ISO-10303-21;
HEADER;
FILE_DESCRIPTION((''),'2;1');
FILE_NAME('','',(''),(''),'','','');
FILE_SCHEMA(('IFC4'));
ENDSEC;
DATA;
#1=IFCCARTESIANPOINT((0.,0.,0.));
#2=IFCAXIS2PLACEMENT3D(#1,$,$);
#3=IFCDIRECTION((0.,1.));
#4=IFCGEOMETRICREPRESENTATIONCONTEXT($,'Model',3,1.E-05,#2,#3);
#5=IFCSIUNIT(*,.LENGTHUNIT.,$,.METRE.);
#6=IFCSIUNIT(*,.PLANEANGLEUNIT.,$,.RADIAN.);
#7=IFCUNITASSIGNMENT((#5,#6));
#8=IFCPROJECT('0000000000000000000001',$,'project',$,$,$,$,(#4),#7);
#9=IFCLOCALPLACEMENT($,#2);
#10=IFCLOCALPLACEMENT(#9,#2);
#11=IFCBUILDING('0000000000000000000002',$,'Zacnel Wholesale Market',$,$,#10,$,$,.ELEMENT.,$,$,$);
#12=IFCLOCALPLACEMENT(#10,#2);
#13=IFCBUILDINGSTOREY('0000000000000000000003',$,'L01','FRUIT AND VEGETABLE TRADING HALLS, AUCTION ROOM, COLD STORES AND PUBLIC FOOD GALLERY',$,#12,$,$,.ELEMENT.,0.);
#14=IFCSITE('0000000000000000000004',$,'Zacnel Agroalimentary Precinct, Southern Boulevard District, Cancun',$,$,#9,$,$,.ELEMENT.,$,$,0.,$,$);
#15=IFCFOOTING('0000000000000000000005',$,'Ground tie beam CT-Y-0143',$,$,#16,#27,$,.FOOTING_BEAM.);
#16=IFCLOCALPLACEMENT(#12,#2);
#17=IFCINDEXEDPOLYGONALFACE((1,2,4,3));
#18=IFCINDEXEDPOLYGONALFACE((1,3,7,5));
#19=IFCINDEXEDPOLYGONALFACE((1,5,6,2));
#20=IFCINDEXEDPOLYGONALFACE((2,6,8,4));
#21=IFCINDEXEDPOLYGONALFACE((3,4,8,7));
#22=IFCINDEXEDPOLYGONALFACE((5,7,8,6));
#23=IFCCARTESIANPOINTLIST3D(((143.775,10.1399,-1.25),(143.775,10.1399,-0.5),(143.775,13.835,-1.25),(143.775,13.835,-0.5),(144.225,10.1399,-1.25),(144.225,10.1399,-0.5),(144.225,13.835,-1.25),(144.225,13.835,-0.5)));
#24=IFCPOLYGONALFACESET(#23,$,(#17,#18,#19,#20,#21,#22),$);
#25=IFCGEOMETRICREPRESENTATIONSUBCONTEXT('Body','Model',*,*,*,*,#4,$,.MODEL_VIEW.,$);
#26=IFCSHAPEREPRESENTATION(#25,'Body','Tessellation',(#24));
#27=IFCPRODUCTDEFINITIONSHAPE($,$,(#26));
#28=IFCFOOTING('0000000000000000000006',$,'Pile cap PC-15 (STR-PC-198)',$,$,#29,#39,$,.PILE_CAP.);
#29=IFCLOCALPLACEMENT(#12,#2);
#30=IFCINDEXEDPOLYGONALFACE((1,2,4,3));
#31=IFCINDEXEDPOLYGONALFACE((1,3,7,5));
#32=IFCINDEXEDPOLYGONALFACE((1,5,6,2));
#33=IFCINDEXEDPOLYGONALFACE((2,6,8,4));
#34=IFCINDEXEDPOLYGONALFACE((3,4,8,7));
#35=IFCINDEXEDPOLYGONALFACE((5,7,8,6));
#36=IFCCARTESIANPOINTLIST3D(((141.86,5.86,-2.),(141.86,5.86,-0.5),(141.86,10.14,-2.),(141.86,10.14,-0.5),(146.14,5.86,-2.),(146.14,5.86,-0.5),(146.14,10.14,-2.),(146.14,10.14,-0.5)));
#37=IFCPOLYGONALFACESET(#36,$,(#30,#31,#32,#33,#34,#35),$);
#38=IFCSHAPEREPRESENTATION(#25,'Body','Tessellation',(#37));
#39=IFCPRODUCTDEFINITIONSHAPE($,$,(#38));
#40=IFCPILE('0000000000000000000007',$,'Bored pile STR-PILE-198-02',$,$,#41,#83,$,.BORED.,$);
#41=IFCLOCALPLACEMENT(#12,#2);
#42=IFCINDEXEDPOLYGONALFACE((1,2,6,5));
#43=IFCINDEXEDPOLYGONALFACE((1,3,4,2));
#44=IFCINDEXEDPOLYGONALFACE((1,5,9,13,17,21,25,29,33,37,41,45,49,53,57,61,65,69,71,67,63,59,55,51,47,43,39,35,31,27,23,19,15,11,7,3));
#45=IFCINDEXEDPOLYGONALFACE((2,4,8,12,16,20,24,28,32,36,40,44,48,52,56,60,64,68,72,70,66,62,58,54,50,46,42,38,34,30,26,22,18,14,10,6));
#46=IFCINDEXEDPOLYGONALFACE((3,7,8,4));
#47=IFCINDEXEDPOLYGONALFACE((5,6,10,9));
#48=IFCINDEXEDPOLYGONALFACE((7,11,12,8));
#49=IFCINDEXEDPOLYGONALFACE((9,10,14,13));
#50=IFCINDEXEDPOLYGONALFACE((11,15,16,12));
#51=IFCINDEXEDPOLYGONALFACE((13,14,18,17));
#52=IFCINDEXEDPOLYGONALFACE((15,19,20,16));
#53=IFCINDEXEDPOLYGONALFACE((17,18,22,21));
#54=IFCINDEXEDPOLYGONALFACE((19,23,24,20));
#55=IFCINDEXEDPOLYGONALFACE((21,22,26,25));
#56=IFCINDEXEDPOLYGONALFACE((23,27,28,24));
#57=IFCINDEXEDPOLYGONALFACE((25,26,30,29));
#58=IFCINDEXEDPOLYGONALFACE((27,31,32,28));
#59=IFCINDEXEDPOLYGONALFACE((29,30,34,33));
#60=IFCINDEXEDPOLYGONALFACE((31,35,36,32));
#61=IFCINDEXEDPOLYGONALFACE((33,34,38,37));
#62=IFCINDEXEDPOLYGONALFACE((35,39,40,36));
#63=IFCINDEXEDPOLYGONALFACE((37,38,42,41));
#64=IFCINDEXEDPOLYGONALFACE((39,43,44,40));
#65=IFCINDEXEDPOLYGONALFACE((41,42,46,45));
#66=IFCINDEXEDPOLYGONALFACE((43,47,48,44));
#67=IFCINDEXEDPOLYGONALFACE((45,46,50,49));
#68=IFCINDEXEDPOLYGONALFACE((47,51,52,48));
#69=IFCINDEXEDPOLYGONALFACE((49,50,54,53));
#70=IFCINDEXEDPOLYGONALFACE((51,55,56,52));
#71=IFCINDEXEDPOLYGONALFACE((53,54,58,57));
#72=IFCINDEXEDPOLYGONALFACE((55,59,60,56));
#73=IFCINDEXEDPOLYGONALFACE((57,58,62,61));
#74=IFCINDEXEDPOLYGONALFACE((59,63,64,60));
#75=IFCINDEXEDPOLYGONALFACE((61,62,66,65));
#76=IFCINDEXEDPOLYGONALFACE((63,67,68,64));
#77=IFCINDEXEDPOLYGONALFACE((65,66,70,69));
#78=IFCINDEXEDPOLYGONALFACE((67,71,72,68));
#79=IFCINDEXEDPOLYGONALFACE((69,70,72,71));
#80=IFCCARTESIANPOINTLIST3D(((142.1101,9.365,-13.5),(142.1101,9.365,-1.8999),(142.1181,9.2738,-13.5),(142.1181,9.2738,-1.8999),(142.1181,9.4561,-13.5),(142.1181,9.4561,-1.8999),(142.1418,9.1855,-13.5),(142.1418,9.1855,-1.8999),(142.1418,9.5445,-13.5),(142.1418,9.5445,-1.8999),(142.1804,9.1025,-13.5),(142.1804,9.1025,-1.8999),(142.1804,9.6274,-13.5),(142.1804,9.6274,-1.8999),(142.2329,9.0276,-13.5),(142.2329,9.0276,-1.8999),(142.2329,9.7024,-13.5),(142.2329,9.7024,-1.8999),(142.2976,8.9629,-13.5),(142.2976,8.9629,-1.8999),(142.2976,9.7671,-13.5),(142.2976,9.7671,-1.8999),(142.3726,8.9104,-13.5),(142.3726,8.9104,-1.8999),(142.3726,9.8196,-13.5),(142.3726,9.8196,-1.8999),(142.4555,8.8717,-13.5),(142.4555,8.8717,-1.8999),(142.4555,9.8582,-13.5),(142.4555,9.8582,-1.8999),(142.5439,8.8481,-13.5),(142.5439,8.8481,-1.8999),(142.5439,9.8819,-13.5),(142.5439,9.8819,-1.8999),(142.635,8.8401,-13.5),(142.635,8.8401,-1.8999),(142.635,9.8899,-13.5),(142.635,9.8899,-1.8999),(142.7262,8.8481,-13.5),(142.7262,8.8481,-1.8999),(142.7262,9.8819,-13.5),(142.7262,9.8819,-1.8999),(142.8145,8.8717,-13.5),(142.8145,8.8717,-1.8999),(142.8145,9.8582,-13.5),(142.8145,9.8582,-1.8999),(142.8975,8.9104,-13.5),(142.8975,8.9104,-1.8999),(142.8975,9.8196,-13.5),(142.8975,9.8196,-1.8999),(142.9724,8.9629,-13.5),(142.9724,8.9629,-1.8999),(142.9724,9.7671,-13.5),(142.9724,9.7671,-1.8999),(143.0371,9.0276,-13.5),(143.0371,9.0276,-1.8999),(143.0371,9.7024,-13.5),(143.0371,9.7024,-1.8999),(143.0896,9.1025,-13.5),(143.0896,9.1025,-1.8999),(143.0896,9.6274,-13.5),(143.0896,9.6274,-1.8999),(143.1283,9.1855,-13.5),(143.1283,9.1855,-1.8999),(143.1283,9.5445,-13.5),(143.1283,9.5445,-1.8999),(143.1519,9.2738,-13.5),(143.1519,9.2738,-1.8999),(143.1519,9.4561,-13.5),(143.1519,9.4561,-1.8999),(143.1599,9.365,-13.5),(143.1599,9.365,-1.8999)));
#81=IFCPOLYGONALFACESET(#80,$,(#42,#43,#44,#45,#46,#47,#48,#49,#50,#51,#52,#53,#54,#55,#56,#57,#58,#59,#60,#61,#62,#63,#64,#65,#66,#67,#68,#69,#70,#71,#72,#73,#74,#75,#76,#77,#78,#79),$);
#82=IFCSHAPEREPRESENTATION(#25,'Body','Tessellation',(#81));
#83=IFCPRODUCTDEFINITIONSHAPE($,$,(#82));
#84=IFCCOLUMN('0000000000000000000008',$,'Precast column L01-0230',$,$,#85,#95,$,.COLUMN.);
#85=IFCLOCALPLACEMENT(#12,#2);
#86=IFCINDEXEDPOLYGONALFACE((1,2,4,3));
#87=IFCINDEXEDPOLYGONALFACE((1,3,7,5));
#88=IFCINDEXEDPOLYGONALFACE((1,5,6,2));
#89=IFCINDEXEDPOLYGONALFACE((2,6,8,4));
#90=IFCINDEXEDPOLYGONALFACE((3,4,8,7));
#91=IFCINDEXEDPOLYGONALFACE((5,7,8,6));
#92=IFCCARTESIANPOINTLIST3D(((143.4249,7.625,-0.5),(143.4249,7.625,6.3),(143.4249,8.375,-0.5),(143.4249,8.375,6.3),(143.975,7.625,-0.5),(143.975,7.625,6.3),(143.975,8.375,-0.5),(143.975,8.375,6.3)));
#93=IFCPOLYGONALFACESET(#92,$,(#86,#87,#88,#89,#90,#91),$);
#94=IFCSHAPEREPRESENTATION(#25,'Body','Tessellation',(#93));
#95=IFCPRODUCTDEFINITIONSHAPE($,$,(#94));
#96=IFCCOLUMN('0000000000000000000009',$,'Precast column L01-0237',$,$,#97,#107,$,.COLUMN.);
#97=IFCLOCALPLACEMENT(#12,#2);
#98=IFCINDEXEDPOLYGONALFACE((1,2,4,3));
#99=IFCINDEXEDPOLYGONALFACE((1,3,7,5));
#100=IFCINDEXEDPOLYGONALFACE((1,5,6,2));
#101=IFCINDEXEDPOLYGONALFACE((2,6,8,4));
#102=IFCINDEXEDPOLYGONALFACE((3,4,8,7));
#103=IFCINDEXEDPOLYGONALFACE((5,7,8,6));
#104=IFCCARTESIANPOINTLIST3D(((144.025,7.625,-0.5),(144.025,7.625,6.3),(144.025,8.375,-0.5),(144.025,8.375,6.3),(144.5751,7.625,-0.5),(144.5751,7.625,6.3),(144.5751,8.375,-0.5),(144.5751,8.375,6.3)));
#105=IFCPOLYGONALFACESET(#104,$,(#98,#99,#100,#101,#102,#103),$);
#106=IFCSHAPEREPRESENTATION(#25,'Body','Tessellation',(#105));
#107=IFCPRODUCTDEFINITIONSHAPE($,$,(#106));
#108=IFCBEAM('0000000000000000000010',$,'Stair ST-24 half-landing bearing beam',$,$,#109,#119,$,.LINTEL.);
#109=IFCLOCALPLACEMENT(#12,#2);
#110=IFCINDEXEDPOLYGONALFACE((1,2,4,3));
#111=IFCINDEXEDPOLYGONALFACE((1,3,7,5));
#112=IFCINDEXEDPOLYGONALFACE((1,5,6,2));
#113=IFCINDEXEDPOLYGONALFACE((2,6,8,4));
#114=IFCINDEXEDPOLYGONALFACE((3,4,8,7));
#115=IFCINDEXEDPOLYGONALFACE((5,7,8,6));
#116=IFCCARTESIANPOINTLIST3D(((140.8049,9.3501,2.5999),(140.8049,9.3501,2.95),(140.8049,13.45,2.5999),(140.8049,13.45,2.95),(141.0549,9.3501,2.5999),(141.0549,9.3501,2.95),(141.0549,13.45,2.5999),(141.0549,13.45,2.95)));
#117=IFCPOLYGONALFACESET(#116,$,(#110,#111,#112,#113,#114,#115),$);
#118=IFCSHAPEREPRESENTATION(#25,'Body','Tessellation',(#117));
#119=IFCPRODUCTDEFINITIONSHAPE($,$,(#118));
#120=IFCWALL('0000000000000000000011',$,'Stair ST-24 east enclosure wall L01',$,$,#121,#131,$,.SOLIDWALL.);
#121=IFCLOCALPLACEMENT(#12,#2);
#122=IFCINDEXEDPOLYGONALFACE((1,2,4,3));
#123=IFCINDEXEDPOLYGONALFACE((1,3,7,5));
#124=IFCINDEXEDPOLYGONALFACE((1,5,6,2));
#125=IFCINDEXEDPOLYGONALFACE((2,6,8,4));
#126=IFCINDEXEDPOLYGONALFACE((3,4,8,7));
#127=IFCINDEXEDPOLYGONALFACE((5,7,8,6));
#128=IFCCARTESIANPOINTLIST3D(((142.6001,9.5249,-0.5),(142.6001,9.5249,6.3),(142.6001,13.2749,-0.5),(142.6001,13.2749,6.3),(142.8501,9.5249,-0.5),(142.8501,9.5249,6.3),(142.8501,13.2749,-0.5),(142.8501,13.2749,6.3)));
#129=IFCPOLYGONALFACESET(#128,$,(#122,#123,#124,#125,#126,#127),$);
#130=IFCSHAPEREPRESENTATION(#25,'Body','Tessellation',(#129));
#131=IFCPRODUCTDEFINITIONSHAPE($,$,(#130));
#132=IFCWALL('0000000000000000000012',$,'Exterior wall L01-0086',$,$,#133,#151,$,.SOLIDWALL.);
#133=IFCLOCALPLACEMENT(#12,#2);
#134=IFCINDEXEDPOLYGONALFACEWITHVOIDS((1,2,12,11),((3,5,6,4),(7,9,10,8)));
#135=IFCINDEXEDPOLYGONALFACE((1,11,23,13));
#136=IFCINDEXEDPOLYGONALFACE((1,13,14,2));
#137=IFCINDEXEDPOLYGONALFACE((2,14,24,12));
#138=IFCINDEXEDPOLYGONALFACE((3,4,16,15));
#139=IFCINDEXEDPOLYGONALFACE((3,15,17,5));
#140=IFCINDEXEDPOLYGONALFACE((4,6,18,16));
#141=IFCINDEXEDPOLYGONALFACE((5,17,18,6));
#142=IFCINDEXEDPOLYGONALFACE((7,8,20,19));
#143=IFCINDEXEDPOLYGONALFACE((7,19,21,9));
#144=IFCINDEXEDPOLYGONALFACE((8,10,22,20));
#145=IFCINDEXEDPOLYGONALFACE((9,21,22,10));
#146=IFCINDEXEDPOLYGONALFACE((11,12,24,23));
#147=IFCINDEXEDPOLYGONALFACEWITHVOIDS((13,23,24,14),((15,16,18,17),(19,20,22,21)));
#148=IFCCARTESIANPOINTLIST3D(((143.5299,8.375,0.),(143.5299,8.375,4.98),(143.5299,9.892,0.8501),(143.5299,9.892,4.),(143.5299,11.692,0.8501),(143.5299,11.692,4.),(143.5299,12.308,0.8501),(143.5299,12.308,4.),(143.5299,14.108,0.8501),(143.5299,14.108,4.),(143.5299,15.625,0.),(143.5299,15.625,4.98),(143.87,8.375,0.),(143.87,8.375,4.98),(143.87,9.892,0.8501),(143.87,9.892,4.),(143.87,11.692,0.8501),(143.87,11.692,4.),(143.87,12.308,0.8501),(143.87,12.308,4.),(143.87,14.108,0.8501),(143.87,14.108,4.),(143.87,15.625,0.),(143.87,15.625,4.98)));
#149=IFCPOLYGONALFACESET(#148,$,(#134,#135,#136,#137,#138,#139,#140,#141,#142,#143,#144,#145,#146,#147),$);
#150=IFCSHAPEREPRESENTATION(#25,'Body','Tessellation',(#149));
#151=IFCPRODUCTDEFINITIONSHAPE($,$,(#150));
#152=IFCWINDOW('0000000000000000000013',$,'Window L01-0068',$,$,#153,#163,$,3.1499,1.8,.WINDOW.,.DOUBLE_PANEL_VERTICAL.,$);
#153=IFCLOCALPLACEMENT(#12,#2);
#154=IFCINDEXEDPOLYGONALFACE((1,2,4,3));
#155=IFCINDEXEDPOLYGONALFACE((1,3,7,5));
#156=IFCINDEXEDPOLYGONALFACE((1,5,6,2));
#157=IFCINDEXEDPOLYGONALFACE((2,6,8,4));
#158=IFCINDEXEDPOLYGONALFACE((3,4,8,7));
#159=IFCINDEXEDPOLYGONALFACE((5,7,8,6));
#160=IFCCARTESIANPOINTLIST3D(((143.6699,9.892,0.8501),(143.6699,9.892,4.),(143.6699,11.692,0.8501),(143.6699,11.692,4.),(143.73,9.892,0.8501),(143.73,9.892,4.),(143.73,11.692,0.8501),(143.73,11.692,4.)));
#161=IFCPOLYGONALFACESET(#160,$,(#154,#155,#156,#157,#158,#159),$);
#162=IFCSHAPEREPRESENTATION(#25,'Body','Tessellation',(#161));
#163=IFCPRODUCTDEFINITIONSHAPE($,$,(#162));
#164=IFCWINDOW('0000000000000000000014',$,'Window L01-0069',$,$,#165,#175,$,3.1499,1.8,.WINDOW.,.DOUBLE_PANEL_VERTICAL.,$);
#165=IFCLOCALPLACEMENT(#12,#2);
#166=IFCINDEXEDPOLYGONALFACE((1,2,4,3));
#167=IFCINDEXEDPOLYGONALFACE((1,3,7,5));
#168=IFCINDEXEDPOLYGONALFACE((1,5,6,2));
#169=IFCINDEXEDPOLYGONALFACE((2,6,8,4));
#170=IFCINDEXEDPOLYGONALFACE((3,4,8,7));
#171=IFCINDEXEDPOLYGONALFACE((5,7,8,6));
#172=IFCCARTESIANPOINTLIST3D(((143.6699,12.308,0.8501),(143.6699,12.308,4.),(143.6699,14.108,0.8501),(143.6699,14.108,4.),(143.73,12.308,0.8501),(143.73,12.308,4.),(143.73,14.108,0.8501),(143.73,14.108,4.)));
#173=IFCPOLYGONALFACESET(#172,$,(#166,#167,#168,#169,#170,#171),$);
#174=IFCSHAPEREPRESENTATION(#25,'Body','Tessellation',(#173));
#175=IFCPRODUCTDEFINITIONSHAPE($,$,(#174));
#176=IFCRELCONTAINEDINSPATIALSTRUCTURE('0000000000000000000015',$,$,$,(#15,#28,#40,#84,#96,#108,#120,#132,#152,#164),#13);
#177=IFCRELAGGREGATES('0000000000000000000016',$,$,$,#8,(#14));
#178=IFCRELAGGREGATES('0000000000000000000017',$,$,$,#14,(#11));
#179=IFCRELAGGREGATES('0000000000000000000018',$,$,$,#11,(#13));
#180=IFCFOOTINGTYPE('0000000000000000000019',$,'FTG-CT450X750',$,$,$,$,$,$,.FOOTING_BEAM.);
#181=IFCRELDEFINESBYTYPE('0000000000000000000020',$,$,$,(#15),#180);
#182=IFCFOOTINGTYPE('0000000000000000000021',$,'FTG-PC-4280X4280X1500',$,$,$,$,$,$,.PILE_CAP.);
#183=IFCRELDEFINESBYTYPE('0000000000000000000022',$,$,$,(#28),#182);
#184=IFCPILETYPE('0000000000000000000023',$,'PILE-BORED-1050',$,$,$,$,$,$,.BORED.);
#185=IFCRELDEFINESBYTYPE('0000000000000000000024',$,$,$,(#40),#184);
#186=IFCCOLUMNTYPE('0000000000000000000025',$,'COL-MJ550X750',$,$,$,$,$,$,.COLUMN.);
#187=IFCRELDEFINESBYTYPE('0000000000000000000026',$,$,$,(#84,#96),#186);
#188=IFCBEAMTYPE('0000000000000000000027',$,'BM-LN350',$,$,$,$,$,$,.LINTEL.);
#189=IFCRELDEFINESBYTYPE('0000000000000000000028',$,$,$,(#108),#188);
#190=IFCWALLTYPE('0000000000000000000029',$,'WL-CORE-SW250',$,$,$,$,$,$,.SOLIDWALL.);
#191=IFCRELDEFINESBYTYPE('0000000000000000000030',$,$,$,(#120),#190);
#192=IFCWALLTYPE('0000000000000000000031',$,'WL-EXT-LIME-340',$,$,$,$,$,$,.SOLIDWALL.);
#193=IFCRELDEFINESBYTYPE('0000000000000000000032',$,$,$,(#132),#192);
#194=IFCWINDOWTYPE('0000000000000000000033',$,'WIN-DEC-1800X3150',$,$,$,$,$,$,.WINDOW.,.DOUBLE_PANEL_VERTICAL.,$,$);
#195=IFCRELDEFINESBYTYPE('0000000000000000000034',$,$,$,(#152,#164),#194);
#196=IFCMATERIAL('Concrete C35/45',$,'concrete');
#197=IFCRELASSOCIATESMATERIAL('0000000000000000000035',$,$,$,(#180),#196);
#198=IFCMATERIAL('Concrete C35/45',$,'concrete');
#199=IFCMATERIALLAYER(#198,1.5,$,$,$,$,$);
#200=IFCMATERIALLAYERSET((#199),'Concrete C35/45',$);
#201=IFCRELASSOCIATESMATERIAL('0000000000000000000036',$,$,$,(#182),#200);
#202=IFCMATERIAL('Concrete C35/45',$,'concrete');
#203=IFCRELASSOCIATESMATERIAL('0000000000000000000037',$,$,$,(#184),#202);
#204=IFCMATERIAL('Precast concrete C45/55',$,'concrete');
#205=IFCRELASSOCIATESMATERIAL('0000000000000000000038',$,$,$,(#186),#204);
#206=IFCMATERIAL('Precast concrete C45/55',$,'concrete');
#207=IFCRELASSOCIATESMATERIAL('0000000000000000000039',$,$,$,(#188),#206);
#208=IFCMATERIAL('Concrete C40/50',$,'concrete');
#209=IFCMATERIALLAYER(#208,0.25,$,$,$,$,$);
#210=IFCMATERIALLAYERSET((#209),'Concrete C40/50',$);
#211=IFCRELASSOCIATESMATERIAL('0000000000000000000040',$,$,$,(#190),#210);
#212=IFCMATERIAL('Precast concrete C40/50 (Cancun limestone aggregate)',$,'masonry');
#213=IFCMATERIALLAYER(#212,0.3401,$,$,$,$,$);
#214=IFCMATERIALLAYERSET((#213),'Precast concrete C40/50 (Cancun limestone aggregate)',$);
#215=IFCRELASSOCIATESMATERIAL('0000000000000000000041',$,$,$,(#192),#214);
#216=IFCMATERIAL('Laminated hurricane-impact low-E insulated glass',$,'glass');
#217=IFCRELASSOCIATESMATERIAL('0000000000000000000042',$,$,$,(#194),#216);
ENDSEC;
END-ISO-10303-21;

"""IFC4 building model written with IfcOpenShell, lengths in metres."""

from ifc_helpers import new_model, si_unit, direction, frame, frame_2d, origin, origin_2d, place, context, subcontext, project, spatial, rectangle, circle, extrude, material, layer, layer_set, material_profile, profile_set, type_object, element, fill, save


model = new_model("IFC4")

# Units and contexts
model_context = context("Model", 3, precision=1e-05, world=origin(), true_north=direction((0.0, 1.0)))
body_context = subcontext(model_context, "Body", "Model", "MODEL_VIEW")
ifc_project = project(units=[si_unit("LENGTHUNIT", "METRE"), si_unit("PLANEANGLEUNIT", "RADIAN")], contexts=[model_context])

# Site, building, storey
site_placement = place(None, origin())
site = spatial("IfcSite", under=ifc_project, at=site_placement, Name="Zacnel Agroalimentary Precinct, Southern Boulevard District, Cancun", CompositionType="ELEMENT", RefElevation=0.0)
building_placement = place(site_placement, origin())
building = spatial("IfcBuilding", under=site, at=building_placement, Name="Zacnel Wholesale Market", CompositionType="ELEMENT")
storey_placement = place(building_placement, origin())
storey = spatial("IfcBuildingStorey", under=building, at=storey_placement, Name="L01", Description="FRUIT AND VEGETABLE TRADING HALLS, AUCTION ROOM, COLD STORES AND PUBLIC FOOD GALLERY", CompositionType="ELEMENT", Elevation=0.0)

# Footings
ifc_material_1 = material(Name="Concrete C35/45", Category="concrete")
ifc_material_profile_1 = material_profile(ifc_material_1, rectangle(XDim=0.45, YDim=0.75, at=origin_2d()), Name="CT 450x750")
ifc_profile_set_1 = profile_set([ifc_material_profile_1], Name="Concrete C35/45")
footing_type_1 = type_object("IfcFootingType", Name="FTG-CT450X750", PredefinedType="FOOTING_BEAM", material=ifc_profile_set_1)
footing_1_placement = place(storey_placement, frame((144.0, 10.1399, -0.875), z_axis=(0.0, 1.0, 0.0), x_axis=(-1.0, 0.0, 0.0)))
element("IfcFooting", 1, at=footing_1_placement, inside=storey, type_object=footing_type_1, Name="Ground tie beam CT-Y-0143", PredefinedType="FOOTING_BEAM", context=body_context, shape_type="SweptSolid", body=[
    extrude(rectangle(XDim=0.45, YDim=0.75, at=origin_2d()), origin(), (0.0, 0.0, 1.0), 3.6951),
])
ifc_material_2 = material(Name="Concrete C35/45", Category="concrete")
ifc_layer_1 = layer(ifc_material_2, 1.5)
ifc_layer_set_1 = layer_set([ifc_layer_1], Name="Concrete C35/45")
footing_type_2 = type_object("IfcFootingType", Name="FTG-PC-4280X4280X1500", PredefinedType="PILE_CAP", material=ifc_layer_set_1)
footing_2_placement = place(storey_placement, frame((144.0, 8.0, -2.0), z_axis=(0.0, 0.0, 1.0), x_axis=(1.0, 0.0, 0.0)))
element("IfcFooting", 2, at=footing_2_placement, inside=storey, type_object=footing_type_2, Name="Pile cap PC-15 (STR-PC-198)", PredefinedType="PILE_CAP", context=body_context, shape_type="SweptSolid", body=[
    extrude(rectangle(XDim=4.28, YDim=4.28, at=origin_2d()), origin(), (0.0, 0.0, 1.0), 1.5),
])

# Pile
ifc_material_3 = material(Name="Concrete C35/45", Category="concrete")
ifc_material_profile_2 = material_profile(ifc_material_3, circle(Radius=0.5249, at=origin_2d()), Name="BORED PILE D1050")
ifc_profile_set_2 = profile_set([ifc_material_profile_2], Name="Concrete C35/45")
pile_type = type_object("IfcPileType", Name="PILE-BORED-1050", PredefinedType="BORED", material=ifc_profile_set_2)
pile_placement = place(storey_placement, frame((142.635, 9.365, -1.8999), z_axis=(0.0, 0.0, -1.0), x_axis=(1.0, 0.0, 0.0)))
element("IfcPile", 3, at=pile_placement, inside=storey, type_object=pile_type, Name="Bored pile STR-PILE-198-02", PredefinedType="BORED", context=body_context, shape_type="SweptSolid", body=[
    extrude(circle(Radius=0.5249, at=origin_2d()), origin(), (0.0, 0.0, 1.0), 11.6001),
])

# Columns
ifc_material_4 = material(Name="Precast concrete C45/55", Category="concrete")
ifc_material_profile_3 = material_profile(ifc_material_4, rectangle(XDim=0.55, YDim=0.75, at=origin_2d()), Name="PC 550x750")
ifc_profile_set_3 = profile_set([ifc_material_profile_3], Name="Precast concrete C45/55")
column_type = type_object("IfcColumnType", Name="COL-MJ550X750", PredefinedType="COLUMN", material=ifc_profile_set_3)
for number, where, z_axis, x_axis, name in (
    (4, (143.7, 8.0, -0.5), (0.0, 0.0, 1.0), (1.0, 0.0, 0.0), "Precast column L01-0230"),
    (5, (144.3, 8.0, -0.5), (0.0, 0.0, 1.0), (1.0, 0.0, 0.0), "Precast column L01-0237"),
):
    element("IfcColumn", number, at=place(storey_placement, frame(where, z_axis=z_axis, x_axis=x_axis)), inside=storey, type_object=column_type, Name=name, PredefinedType="COLUMN", context=body_context, shape_type="SweptSolid", body=[
        extrude(rectangle(XDim=0.55, YDim=0.75, at=origin_2d()), origin(), (0.0, 0.0, 1.0), 6.8),
    ])

# Beam
ifc_material_5 = material(Name="Precast concrete C45/55", Category="concrete")
ifc_material_profile_4 = material_profile(ifc_material_5, rectangle(XDim=0.25, YDim=0.3501, at=origin_2d()), Name="LN 250x350")
ifc_profile_set_4 = profile_set([ifc_material_profile_4], Name="Precast concrete C45/55")
beam_type = type_object("IfcBeamType", Name="BM-LN350", PredefinedType="LINTEL", material=ifc_profile_set_4)
beam_placement = place(storey_placement, frame((140.9299, 9.3501, 2.7749), z_axis=(0.0, 1.0, 0.0), x_axis=(-1.0, 0.0, 0.0)))
element("IfcBeam", 6, at=beam_placement, inside=storey, type_object=beam_type, Name="Stair ST-24 half-landing bearing beam", PredefinedType="LINTEL", context=body_context, shape_type="SweptSolid", body=[
    extrude(rectangle(XDim=0.25, YDim=0.3501, at=origin_2d()), origin(), (0.0, 0.0, 1.0), 4.0999),
])

# Wall
ifc_material_6 = material(Name="Concrete C40/50", Category="concrete")
ifc_layer_2 = layer(ifc_material_6, 0.25)
ifc_layer_set_2 = layer_set([ifc_layer_2], Name="Concrete C40/50")
wall_type_1 = type_object("IfcWallType", Name="WL-CORE-SW250", PredefinedType="SOLIDWALL", material=ifc_layer_set_2)
wall_1_placement = place(storey_placement, frame((142.7251, 9.5249, -0.5), z_axis=(0.0, 0.0, 1.0), x_axis=(0.0, 1.0, 0.0)))
element("IfcWall", 7, at=wall_1_placement, inside=storey, type_object=wall_type_1, Name="Stair ST-24 east enclosure wall L01", PredefinedType="SOLIDWALL", context=body_context, shape_type="SweptSolid", body=[
    extrude(rectangle(XDim=3.75, YDim=0.25, at=frame_2d((1.875, 0.0))), origin(), (0.0, 0.0, 1.0), 6.8),
])

# Wall, openings, windows
ifc_material_7 = material(Name="Precast concrete C40/50 (Cancun limestone aggregate)", Category="masonry")
ifc_layer_3 = layer(ifc_material_7, 0.3401)
ifc_layer_set_3 = layer_set([ifc_layer_3], Name="Precast concrete C40/50 (Cancun limestone aggregate)")
wall_type_2 = type_object("IfcWallType", Name="WL-EXT-LIME-340", PredefinedType="SOLIDWALL", material=ifc_layer_set_3)
wall_2_placement = place(storey_placement, frame((143.7, 8.375, 0.0), z_axis=(0.0, 0.0, 1.0), x_axis=(0.0, 1.0, 0.0)))
wall_2 = element("IfcWall", 8, at=wall_2_placement, inside=storey, type_object=wall_type_2, Name="Exterior wall L01-0086", PredefinedType="SOLIDWALL", context=body_context, shape_type="SweptSolid", body=[
    extrude(rectangle(XDim=7.25, YDim=0.3401, at=frame_2d((3.625, 0.0))), origin(), (0.0, 0.0, 1.0), 4.98),
])
opening_1_placement = place(wall_2_placement, frame((1.5171, 0.0, 0.8501)))
opening_1 = element("IfcOpeningElement", 9, at=opening_1_placement, cuts=wall_2, PredefinedType="OPENING", context=body_context, shape_type="SweptSolid", body=[
    extrude(rectangle(XDim=1.8, YDim=3.1499, at=frame_2d((0.8999, 1.575))), frame((0.0, 0.1799, 0.0), z_axis=(0.0, -1.0, 0.0), x_axis=(1.0, 0.0, 0.0)), (0.0, 0.0, 1.0), 0.3601),
])
opening_2_placement = place(wall_2_placement, frame((3.9331, 0.0, 0.8501)))
opening_2 = element("IfcOpeningElement", 10, at=opening_2_placement, cuts=wall_2, PredefinedType="OPENING", context=body_context, shape_type="SweptSolid", body=[
    extrude(rectangle(XDim=1.8, YDim=3.1499, at=frame_2d((0.8999, 1.575))), frame((0.0, 0.1799, 0.0), z_axis=(0.0, -1.0, 0.0), x_axis=(1.0, 0.0, 0.0)), (0.0, 0.0, 1.0), 0.3601),
])
ifc_material_8 = material(Name="Laminated hurricane-impact low-E insulated glass", Category="glass")
window_type = type_object("IfcWindowType", Name="WIN-DEC-1800X3150", PartitioningType="DOUBLE_PANEL_VERTICAL", PredefinedType="WINDOW", material=ifc_material_8)
window_1_placement = place(opening_1_placement, origin())
window_1 = element("IfcWindow", 11, at=window_1_placement, inside=storey, type_object=window_type, Name="Window L01-0068", OverallHeight=3.1499, OverallWidth=1.8, PartitioningType="DOUBLE_PANEL_VERTICAL", PredefinedType="WINDOW", context=body_context, shape_type="SweptSolid", body=[
    extrude(rectangle(XDim=1.8, YDim=3.1499, at=frame_2d((0.8999, 1.575))), frame((0.0, 0.03, 0.0), z_axis=(0.0, -1.0, 0.0), x_axis=(1.0, 0.0, 0.0)), (0.0, 0.0, 1.0), 0.0601),
])
fill(opening_1, window_1)
window_2_placement = place(opening_2_placement, origin())
window_2 = element("IfcWindow", 12, at=window_2_placement, inside=storey, type_object=window_type, Name="Window L01-0069", OverallHeight=3.1499, OverallWidth=1.8, PartitioningType="DOUBLE_PANEL_VERTICAL", PredefinedType="WINDOW", context=body_context, shape_type="SweptSolid", body=[
    extrude(rectangle(XDim=1.8, YDim=3.1499, at=frame_2d((0.8999, 1.575))), frame((0.0, 0.03, 0.0), z_axis=(0.0, -1.0, 0.0), x_axis=(1.0, 0.0, 0.0)), (0.0, 0.0, 1.0), 0.0601),
])
fill(opening_2, window_2)

save(model, "model.ifc")
